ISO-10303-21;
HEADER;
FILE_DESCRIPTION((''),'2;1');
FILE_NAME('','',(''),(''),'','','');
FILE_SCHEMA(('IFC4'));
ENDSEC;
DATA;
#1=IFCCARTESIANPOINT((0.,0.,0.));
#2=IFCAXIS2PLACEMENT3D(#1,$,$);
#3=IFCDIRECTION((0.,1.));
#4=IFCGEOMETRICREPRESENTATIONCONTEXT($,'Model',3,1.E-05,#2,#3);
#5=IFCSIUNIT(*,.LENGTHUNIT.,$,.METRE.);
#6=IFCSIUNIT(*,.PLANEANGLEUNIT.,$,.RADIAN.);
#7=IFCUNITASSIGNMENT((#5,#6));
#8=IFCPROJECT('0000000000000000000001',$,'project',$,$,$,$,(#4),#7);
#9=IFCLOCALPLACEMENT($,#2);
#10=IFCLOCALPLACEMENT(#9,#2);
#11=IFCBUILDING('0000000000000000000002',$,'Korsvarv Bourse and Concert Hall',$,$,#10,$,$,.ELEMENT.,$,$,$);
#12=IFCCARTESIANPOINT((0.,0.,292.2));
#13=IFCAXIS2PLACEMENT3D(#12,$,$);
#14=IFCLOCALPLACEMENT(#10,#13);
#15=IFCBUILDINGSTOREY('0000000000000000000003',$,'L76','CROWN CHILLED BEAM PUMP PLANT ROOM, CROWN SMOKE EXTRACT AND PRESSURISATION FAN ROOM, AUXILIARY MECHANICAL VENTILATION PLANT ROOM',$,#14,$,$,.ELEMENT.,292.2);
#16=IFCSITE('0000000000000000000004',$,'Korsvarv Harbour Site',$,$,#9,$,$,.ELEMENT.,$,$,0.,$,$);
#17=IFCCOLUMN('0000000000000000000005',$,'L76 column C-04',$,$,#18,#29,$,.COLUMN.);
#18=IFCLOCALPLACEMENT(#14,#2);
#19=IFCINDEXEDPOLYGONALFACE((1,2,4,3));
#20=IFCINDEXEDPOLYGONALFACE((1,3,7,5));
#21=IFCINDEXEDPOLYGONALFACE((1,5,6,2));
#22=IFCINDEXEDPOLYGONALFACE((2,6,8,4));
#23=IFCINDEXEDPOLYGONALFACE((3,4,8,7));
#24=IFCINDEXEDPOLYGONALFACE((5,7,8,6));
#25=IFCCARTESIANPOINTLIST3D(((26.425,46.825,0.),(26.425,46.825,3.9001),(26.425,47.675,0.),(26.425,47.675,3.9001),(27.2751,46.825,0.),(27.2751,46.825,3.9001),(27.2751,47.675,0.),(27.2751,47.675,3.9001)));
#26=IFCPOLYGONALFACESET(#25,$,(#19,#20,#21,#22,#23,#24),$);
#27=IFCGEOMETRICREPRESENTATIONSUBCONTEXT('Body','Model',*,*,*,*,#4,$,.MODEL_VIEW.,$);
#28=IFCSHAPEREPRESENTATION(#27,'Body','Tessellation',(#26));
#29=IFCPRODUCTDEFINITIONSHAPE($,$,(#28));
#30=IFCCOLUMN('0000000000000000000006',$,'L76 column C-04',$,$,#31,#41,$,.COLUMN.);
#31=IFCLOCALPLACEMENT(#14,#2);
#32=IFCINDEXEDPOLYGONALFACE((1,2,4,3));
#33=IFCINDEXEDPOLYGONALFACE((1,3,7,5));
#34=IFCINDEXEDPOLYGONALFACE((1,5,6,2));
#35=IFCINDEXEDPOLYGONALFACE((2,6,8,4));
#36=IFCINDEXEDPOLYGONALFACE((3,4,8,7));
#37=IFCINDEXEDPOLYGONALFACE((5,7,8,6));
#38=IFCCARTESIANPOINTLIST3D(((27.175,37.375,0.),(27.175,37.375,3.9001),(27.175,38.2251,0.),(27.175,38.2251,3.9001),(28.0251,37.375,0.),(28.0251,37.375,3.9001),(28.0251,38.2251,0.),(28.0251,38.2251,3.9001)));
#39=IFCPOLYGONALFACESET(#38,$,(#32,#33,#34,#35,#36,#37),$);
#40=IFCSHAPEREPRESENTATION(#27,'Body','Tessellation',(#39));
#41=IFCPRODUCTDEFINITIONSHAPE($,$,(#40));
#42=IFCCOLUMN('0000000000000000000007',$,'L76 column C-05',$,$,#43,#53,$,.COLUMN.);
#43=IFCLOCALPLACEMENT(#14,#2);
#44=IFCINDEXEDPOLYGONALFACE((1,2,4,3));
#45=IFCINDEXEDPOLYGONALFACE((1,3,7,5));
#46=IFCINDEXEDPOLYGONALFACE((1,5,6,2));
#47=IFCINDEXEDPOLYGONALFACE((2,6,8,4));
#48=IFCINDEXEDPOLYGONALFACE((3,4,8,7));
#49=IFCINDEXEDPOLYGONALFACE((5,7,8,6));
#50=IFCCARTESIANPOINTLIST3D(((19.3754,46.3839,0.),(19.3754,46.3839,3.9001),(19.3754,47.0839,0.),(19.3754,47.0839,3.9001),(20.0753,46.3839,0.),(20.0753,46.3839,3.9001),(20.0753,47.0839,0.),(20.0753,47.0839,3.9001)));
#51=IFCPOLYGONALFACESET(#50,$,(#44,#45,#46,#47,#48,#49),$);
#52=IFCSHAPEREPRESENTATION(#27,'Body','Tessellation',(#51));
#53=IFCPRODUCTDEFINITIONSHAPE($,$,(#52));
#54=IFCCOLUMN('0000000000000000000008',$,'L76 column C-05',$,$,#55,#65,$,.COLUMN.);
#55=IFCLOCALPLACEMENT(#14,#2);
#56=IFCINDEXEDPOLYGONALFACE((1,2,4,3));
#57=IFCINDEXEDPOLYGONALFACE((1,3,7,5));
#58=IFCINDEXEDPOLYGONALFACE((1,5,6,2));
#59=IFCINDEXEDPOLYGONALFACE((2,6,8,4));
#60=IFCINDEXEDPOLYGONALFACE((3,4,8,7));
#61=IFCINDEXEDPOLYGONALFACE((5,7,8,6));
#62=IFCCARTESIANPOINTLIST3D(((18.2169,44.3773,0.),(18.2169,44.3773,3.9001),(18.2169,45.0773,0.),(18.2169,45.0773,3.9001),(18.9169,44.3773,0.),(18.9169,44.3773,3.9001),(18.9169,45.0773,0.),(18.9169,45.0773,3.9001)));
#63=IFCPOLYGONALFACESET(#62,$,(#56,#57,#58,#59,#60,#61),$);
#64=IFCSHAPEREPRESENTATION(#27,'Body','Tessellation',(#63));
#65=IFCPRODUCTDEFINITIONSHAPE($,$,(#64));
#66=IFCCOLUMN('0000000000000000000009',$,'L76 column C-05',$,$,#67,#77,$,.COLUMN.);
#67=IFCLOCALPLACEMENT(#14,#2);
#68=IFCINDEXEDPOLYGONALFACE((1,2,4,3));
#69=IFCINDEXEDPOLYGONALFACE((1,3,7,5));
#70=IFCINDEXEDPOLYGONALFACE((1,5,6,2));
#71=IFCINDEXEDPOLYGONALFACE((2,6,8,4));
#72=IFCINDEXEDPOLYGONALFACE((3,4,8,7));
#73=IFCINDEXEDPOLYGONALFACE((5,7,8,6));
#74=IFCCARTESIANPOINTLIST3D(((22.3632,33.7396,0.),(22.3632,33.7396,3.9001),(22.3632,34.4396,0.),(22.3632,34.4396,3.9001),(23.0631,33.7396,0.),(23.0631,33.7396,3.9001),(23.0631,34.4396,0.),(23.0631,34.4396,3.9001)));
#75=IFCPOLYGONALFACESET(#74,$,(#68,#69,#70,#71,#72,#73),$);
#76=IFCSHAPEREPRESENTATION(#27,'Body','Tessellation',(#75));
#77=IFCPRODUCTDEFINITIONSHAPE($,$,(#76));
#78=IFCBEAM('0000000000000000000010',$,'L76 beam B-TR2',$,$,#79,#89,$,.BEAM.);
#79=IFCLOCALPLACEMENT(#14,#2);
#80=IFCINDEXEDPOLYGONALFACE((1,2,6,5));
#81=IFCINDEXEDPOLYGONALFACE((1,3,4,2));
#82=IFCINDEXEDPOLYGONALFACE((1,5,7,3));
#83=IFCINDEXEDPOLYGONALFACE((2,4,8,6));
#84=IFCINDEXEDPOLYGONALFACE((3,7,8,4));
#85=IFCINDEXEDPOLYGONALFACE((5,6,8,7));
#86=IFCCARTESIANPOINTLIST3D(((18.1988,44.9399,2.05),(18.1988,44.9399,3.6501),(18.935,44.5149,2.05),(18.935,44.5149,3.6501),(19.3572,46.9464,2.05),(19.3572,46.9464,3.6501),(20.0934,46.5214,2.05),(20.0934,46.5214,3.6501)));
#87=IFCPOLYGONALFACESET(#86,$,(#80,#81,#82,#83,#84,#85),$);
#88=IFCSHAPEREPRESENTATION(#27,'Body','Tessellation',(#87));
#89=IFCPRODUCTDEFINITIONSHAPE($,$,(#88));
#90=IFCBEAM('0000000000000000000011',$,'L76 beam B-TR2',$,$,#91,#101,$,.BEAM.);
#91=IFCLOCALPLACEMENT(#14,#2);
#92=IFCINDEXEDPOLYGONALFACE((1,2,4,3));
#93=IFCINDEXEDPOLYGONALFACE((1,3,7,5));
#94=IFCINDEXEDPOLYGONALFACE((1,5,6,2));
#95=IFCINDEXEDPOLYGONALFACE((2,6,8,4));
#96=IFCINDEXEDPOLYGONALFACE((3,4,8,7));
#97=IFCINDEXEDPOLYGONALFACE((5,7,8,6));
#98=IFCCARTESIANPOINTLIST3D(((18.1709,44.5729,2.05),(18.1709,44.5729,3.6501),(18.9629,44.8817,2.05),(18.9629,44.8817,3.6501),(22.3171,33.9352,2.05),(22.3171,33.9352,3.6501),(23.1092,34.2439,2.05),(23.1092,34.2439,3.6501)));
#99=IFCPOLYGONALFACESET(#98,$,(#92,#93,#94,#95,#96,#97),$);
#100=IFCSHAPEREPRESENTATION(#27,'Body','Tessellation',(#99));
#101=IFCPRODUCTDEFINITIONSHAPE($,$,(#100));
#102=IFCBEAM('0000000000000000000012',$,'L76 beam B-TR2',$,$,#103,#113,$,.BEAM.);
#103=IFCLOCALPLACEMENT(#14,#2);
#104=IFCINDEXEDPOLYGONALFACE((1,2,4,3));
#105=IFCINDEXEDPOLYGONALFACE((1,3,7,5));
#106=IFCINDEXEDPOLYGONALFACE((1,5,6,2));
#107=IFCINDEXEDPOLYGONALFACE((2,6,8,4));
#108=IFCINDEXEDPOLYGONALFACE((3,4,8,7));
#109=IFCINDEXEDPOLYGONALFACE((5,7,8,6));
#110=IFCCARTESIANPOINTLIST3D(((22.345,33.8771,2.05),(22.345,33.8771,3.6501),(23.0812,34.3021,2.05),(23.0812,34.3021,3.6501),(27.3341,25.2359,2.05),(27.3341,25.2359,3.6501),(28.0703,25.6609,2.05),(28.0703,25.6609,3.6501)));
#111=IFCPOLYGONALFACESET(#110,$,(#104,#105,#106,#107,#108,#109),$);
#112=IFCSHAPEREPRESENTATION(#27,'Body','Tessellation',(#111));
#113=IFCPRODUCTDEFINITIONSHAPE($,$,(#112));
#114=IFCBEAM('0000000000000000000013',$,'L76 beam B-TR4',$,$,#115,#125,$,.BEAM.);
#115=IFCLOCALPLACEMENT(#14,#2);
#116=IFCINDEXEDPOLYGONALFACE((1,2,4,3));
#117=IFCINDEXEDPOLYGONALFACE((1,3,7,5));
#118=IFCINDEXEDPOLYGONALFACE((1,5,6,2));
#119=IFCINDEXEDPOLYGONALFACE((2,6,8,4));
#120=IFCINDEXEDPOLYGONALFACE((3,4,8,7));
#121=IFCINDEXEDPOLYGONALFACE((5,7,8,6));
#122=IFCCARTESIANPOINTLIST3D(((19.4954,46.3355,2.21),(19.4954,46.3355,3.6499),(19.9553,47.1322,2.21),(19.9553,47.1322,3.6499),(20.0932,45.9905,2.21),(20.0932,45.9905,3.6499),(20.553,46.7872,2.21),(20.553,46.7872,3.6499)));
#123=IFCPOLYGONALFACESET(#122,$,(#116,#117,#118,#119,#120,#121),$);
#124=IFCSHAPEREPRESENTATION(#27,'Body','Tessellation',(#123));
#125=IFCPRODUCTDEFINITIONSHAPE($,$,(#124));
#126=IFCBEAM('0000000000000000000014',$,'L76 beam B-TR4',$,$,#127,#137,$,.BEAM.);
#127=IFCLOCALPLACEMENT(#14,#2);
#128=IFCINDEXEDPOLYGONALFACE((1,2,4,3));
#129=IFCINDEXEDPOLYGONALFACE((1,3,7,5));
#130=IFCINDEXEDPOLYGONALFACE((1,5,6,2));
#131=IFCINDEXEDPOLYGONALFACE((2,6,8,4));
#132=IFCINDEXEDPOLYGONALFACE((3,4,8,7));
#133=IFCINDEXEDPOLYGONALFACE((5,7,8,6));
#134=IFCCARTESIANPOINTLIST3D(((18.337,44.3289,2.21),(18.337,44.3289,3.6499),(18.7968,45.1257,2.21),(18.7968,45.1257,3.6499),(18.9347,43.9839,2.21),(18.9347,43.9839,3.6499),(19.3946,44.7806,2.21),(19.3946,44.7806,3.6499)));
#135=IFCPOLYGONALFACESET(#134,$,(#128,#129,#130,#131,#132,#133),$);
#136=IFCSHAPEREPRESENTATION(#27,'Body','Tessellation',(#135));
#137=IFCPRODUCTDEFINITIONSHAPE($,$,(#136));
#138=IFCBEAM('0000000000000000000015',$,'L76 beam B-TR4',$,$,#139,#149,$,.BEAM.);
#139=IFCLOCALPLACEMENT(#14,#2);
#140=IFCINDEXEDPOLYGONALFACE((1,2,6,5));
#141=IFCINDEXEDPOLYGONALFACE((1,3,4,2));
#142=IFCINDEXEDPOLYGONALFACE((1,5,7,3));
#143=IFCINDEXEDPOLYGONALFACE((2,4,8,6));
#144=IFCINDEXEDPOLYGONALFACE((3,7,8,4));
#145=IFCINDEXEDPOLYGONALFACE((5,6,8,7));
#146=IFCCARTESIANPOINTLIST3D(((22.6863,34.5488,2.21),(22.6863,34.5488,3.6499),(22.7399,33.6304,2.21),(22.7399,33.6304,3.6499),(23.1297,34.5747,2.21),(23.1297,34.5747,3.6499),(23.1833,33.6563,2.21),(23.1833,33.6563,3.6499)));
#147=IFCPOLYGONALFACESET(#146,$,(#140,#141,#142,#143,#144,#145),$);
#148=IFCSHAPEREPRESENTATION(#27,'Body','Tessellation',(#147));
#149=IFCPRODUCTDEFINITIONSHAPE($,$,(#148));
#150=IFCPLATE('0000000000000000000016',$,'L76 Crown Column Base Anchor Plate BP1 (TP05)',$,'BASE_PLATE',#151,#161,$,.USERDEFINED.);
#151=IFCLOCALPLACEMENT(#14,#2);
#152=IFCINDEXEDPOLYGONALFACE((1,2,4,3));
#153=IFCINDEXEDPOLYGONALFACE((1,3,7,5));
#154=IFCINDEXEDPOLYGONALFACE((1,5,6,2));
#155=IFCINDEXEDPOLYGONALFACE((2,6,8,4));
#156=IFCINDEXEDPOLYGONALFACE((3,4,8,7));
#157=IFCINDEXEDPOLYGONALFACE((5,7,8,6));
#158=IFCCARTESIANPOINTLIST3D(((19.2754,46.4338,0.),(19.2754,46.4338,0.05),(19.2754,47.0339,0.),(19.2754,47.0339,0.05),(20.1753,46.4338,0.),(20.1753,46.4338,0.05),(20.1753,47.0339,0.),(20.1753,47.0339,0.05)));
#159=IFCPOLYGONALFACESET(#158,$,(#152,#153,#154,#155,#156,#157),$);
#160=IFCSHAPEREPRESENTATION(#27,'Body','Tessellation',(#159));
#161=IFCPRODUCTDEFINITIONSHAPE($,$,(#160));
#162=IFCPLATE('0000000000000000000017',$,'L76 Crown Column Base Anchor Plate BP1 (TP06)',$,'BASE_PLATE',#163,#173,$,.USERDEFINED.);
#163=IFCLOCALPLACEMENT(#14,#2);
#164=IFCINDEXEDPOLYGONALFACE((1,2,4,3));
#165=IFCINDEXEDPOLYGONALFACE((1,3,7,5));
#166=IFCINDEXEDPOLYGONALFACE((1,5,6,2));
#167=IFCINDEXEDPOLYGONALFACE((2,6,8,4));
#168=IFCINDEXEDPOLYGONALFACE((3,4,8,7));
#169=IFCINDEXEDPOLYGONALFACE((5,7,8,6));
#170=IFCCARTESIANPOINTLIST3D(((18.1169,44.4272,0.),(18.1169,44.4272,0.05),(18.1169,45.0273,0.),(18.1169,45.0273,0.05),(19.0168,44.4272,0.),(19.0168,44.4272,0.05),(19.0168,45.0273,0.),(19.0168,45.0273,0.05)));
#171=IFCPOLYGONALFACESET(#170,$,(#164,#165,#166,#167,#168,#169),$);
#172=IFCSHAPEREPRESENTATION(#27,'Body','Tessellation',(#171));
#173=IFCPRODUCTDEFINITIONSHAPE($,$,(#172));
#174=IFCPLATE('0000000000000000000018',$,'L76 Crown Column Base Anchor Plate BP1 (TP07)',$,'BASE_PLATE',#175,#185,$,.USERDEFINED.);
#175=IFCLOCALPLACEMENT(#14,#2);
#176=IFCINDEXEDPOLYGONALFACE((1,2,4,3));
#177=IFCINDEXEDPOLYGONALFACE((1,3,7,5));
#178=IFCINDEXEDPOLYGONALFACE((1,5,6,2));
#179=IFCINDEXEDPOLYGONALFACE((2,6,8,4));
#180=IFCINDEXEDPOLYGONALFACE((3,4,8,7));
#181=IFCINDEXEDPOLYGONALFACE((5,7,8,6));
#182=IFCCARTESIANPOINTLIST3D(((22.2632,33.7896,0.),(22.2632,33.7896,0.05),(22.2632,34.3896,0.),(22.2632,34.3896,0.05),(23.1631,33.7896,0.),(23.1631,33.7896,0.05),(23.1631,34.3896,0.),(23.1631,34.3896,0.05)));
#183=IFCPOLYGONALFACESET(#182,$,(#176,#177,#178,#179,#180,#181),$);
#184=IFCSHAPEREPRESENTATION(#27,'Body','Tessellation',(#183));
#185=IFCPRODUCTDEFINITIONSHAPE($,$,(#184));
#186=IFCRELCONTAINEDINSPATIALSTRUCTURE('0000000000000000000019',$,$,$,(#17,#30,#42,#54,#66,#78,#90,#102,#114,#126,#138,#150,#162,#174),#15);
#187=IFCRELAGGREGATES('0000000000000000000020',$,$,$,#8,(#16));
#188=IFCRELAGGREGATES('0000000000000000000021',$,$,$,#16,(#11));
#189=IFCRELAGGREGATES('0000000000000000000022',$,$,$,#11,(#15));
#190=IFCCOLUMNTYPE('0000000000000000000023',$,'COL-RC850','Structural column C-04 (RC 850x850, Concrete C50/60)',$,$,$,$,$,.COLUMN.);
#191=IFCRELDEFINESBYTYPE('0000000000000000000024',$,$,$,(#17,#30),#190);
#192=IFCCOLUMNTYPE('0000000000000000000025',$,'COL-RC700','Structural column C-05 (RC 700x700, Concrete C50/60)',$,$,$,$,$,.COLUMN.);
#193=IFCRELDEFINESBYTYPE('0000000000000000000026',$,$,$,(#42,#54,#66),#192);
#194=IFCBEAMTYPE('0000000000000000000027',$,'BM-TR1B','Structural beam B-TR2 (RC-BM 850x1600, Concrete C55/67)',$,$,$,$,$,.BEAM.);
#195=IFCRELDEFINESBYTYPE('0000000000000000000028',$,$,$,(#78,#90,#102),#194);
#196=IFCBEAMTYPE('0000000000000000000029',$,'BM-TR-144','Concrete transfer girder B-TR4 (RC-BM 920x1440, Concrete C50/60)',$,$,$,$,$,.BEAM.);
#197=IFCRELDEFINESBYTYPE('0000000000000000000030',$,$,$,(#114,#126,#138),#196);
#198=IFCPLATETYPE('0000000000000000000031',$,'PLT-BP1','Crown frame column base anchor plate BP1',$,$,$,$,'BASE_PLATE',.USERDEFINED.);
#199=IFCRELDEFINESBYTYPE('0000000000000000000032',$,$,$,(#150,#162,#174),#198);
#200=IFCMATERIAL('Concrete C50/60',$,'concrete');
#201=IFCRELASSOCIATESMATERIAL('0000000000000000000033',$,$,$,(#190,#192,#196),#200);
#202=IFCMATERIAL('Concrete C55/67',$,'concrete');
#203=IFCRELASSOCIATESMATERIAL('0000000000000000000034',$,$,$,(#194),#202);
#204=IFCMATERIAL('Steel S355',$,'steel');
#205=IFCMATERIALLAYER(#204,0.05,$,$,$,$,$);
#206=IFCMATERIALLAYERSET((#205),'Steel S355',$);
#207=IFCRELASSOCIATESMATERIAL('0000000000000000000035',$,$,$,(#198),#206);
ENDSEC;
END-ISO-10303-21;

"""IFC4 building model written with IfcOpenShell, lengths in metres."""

from ifc_helpers import new_model, si_unit, direction, frame, origin, origin_2d, place, context, subcontext, project, spatial, rectangle, extrude, source, transform, mapped, material, layer, layer_set, material_profile, profile_set, type_object, element, save


model = new_model("IFC4")

# Units and contexts
model_context = context("Model", 3, precision=1e-05, world=origin(), true_north=direction((0.0, 1.0)))
body_context = subcontext(model_context, "Body", "Model", "MODEL_VIEW")
ifc_project = project(units=[si_unit("LENGTHUNIT", "METRE"), si_unit("PLANEANGLEUNIT", "RADIAN")], contexts=[model_context])

# Site, building, storey
site_placement = place(None, origin())
site = spatial("IfcSite", under=ifc_project, at=site_placement, Name="Korsvarv Harbour Site", CompositionType="ELEMENT", RefElevation=0.0)
building_placement = place(site_placement, origin())
building = spatial("IfcBuilding", under=site, at=building_placement, Name="Korsvarv Bourse and Concert Hall", CompositionType="ELEMENT")
storey_placement = place(building_placement, frame((0.0, 0.0, 292.2)))
storey = spatial("IfcBuildingStorey", under=building, at=storey_placement, Name="L76", Description="CROWN CHILLED BEAM PUMP PLANT ROOM, CROWN SMOKE EXTRACT AND PRESSURISATION FAN ROOM, AUXILIARY MECHANICAL VENTILATION PLANT ROOM", CompositionType="ELEMENT", Elevation=292.2)

# Columns
ifc_material_1 = material(Name="Concrete C50/60", Category="concrete")
ifc_material_profile_1 = material_profile(ifc_material_1, rectangle(XDim=0.8501, YDim=0.8501, at=origin_2d()), Name="RC 850x850")
ifc_profile_set_1 = profile_set([ifc_material_profile_1], Name="Concrete C50/60")
column_type_1 = type_object("IfcColumnType", Name="COL-RC850", Description="Structural column C-04 (RC 850x850, Concrete C50/60)", PredefinedType="COLUMN", material=ifc_profile_set_1)
shared_shape_1 = source(origin(), body_context, "Body", "SweptSolid", [
    extrude(rectangle(XDim=0.8501, YDim=0.8501, at=origin_2d()), origin(), (0.0, 0.0, 1.0), 3.9001),
])
for number, where, z_axis, x_axis, name in (
    (1, (26.8501, 47.25, 0.0), (0.0, 0.0, 1.0), (1.0, 0.0, 0.0), "L76 column C-04"),
    (2, (27.6001, 37.8, 0.0), (0.0, 0.0, 1.0), (1.0, 0.0, 0.0), "L76 column C-04"),
):
    element("IfcColumn", number, at=place(storey_placement, frame(where, z_axis=z_axis, x_axis=x_axis)), inside=storey, type_object=column_type_1, Name=name, PredefinedType="COLUMN", context=body_context, shape_type="MappedRepresentation", body=[
        mapped(shared_shape_1, transform((0.0, 0.0, 0.0), scale=1.0)),
    ])
ifc_material_profile_2 = material_profile(ifc_material_1, rectangle(XDim=0.7, YDim=0.7, at=origin_2d()), Name="RC 700x700")
ifc_profile_set_2 = profile_set([ifc_material_profile_2], Name="Concrete C50/60")
column_type_2 = type_object("IfcColumnType", Name="COL-RC700", Description="Structural column C-05 (RC 700x700, Concrete C50/60)", PredefinedType="COLUMN", material=ifc_profile_set_2)
shared_shape_2 = source(origin(), body_context, "Body", "SweptSolid", [
    extrude(rectangle(XDim=0.7, YDim=0.7, at=origin_2d()), origin(), (0.0, 0.0, 1.0), 3.9001),
])
for number, where, z_axis, x_axis, name in (
    (3, (19.7253, 46.7339, 0.0), (0.0, 0.0, 1.0), (1.0, 0.0, 0.0), "L76 column C-05"),
    (4, (18.5669, 44.7273, 0.0), (0.0, 0.0, 1.0), (1.0, 0.0, 0.0), "L76 column C-05"),
    (5, (22.7131, 34.0896, 0.0), (0.0, 0.0, 1.0), (1.0, 0.0, 0.0), "L76 column C-05"),
):
    element("IfcColumn", number, at=place(storey_placement, frame(where, z_axis=z_axis, x_axis=x_axis)), inside=storey, type_object=column_type_2, Name=name, PredefinedType="COLUMN", context=body_context, shape_type="MappedRepresentation", body=[
        mapped(shared_shape_2, transform((0.0, 0.0, 0.0), scale=1.0)),
    ])

# Beams
ifc_material_2 = material(Name="Concrete C55/67", Category="concrete")
ifc_material_profile_3 = material_profile(ifc_material_2, rectangle(XDim=0.8501, YDim=1.6001, at=origin_2d()), Name="RC-BM 850x1600")
ifc_profile_set_3 = profile_set([ifc_material_profile_3], Name="Concrete C55/67")
beam_type_1 = type_object("IfcBeamType", Name="BM-TR1B", Description="Structural beam B-TR2 (RC-BM 850x1600, Concrete C55/67)", PredefinedType="BEAM", material=ifc_profile_set_3)
shared_shape_3 = source(origin(), body_context, "Body", "SweptSolid", [
    extrude(rectangle(XDim=0.8501, YDim=1.6001, at=origin_2d()), origin(), (0.0, 0.0, 1.0), 2.3169),
])
beam_1_placement = place(storey_placement, frame((19.7253, 46.7339, 2.8501), z_axis=(-0.499981, -0.866036, 0.0), x_axis=(0.866036, -0.499981, 0.0)))
element("IfcBeam", 6, at=beam_1_placement, inside=storey, type_object=beam_type_1, Name="L76 beam B-TR2", PredefinedType="BEAM", context=body_context, shape_type="MappedRepresentation", body=[
    mapped(shared_shape_3, transform((0.0, 0.0, 0.0), scale=1.0)),
])
shared_shape_4 = source(origin(), body_context, "Body", "SweptSolid", [
    extrude(rectangle(XDim=0.8501, YDim=1.6001, at=origin_2d()), origin(), (0.0, 0.0, 1.0), 11.4172),
])
beam_2_placement = place(storey_placement, frame((18.5669, 44.7273, 2.8501), z_axis=(0.363158, -0.931728, 0.0), x_axis=(0.931728, 0.363158, 0.0)))
element("IfcBeam", 7, at=beam_2_placement, inside=storey, type_object=beam_type_1, Name="L76 beam B-TR2", PredefinedType="BEAM", context=body_context, shape_type="MappedRepresentation", body=[
    mapped(shared_shape_4, transform((0.0, 0.0, 0.0), scale=1.0)),
])
shared_shape_5 = source(origin(), body_context, "Body", "SweptSolid", [
    extrude(rectangle(XDim=0.8501, YDim=1.6001, at=origin_2d()), origin(), (0.0, 0.0, 1.0), 9.978),
])
beam_3_placement = place(storey_placement, frame((22.7131, 34.0896, 2.8501), z_axis=(0.500005, -0.866023, 0.0), x_axis=(0.866023, 0.500005, 0.0)))
element("IfcBeam", 8, at=beam_3_placement, inside=storey, type_object=beam_type_1, Name="L76 beam B-TR2", PredefinedType="BEAM", context=body_context, shape_type="MappedRepresentation", body=[
    mapped(shared_shape_5, transform((0.0, 0.0, 0.0), scale=1.0)),
])
ifc_material_profile_4 = material_profile(ifc_material_1, rectangle(XDim=0.9199, YDim=1.4399, at=origin_2d()), Name="RC-BM 920x1440")
ifc_profile_set_4 = profile_set([ifc_material_profile_4], Name="Concrete C50/60")
beam_type_2 = type_object("IfcBeamType", Name="BM-TR-144", Description="Concrete transfer girder B-TR4 (RC-BM 920x1440, Concrete C50/60)", PredefinedType="BEAM", material=ifc_profile_set_4)
shared_shape_6 = source(origin(), body_context, "Body", "SweptSolid", [
    extrude(rectangle(XDim=0.9199, YDim=1.4399, at=origin_2d()), origin(), (0.0, 0.0, 1.0), 0.6902),
])
for number, where, z_axis, x_axis, name in (
    (9, (19.7253, 46.7339, 2.9299), (0.86608, -0.499906, 0.0), (0.499906, 0.86608, 0.0), "L76 beam B-TR4"),
    (10, (18.5669, 44.7273, 2.9299), (0.86608, -0.499906, 0.0), (0.499906, 0.86608, 0.0), "L76 beam B-TR4"),
):
    element("IfcBeam", number, at=place(storey_placement, frame(where, z_axis=z_axis, x_axis=x_axis)), inside=storey, type_object=beam_type_2, Name=name, PredefinedType="BEAM", context=body_context, shape_type="MappedRepresentation", body=[
        mapped(shared_shape_6, transform((0.0, 0.0, 0.0), scale=1.0)),
    ])
shared_shape_7 = source(origin(), body_context, "Body", "SweptSolid", [
    extrude(rectangle(XDim=0.9199, YDim=1.4399, at=origin_2d()), origin(), (0.0, 0.0, 1.0), 0.4441),
])
beam_4_placement = place(storey_placement, frame((22.7131, 34.0896, 2.9299), z_axis=(0.998301, 0.058271, 0.0), x_axis=(-0.058271, 0.998301, 0.0)))
element("IfcBeam", 11, at=beam_4_placement, inside=storey, type_object=beam_type_2, Name="L76 beam B-TR4", PredefinedType="BEAM", context=body_context, shape_type="MappedRepresentation", body=[
    mapped(shared_shape_7, transform((0.0, 0.0, 0.0), scale=1.0)),
])

# Plates
ifc_material_3 = material(Name="Steel S355", Category="steel")
ifc_layer_1 = layer(ifc_material_3, 0.05)
ifc_layer_set_1 = layer_set([ifc_layer_1], Name="Steel S355")
plate_type = type_object("IfcPlateType", Name="PLT-BP1", Description="Crown frame column base anchor plate BP1", ElementType="BASE_PLATE", PredefinedType="USERDEFINED", material=ifc_layer_set_1)
shared_shape_8 = source(origin(), body_context, "Body", "SweptSolid", [
    extrude(rectangle(XDim=0.8999, YDim=0.6001, at=origin_2d()), origin(), (0.0, 0.0, 1.0), 0.05),
])
for number, where, z_axis, x_axis, name in (
    (12, (19.7253, 46.7339, 0.0), (0.0, 0.0, 1.0), (1.0, 0.0, 0.0), "L76 Crown Column Base Anchor Plate BP1 (TP05)"),
    (13, (18.5669, 44.7273, 0.0), (0.0, 0.0, 1.0), (1.0, 0.0, 0.0), "L76 Crown Column Base Anchor Plate BP1 (TP06)"),
    (14, (22.7131, 34.0896, 0.0), (0.0, 0.0, 1.0), (1.0, 0.0, 0.0), "L76 Crown Column Base Anchor Plate BP1 (TP07)"),
):
    element("IfcPlate", number, at=place(storey_placement, frame(where, z_axis=z_axis, x_axis=x_axis)), inside=storey, type_object=plate_type, Name=name, ObjectType="BASE_PLATE", PredefinedType="USERDEFINED", context=body_context, shape_type="MappedRepresentation", body=[
        mapped(shared_shape_8, transform((0.0, 0.0, 0.0), scale=1.0)),
    ])

save(model, "model.ifc")
